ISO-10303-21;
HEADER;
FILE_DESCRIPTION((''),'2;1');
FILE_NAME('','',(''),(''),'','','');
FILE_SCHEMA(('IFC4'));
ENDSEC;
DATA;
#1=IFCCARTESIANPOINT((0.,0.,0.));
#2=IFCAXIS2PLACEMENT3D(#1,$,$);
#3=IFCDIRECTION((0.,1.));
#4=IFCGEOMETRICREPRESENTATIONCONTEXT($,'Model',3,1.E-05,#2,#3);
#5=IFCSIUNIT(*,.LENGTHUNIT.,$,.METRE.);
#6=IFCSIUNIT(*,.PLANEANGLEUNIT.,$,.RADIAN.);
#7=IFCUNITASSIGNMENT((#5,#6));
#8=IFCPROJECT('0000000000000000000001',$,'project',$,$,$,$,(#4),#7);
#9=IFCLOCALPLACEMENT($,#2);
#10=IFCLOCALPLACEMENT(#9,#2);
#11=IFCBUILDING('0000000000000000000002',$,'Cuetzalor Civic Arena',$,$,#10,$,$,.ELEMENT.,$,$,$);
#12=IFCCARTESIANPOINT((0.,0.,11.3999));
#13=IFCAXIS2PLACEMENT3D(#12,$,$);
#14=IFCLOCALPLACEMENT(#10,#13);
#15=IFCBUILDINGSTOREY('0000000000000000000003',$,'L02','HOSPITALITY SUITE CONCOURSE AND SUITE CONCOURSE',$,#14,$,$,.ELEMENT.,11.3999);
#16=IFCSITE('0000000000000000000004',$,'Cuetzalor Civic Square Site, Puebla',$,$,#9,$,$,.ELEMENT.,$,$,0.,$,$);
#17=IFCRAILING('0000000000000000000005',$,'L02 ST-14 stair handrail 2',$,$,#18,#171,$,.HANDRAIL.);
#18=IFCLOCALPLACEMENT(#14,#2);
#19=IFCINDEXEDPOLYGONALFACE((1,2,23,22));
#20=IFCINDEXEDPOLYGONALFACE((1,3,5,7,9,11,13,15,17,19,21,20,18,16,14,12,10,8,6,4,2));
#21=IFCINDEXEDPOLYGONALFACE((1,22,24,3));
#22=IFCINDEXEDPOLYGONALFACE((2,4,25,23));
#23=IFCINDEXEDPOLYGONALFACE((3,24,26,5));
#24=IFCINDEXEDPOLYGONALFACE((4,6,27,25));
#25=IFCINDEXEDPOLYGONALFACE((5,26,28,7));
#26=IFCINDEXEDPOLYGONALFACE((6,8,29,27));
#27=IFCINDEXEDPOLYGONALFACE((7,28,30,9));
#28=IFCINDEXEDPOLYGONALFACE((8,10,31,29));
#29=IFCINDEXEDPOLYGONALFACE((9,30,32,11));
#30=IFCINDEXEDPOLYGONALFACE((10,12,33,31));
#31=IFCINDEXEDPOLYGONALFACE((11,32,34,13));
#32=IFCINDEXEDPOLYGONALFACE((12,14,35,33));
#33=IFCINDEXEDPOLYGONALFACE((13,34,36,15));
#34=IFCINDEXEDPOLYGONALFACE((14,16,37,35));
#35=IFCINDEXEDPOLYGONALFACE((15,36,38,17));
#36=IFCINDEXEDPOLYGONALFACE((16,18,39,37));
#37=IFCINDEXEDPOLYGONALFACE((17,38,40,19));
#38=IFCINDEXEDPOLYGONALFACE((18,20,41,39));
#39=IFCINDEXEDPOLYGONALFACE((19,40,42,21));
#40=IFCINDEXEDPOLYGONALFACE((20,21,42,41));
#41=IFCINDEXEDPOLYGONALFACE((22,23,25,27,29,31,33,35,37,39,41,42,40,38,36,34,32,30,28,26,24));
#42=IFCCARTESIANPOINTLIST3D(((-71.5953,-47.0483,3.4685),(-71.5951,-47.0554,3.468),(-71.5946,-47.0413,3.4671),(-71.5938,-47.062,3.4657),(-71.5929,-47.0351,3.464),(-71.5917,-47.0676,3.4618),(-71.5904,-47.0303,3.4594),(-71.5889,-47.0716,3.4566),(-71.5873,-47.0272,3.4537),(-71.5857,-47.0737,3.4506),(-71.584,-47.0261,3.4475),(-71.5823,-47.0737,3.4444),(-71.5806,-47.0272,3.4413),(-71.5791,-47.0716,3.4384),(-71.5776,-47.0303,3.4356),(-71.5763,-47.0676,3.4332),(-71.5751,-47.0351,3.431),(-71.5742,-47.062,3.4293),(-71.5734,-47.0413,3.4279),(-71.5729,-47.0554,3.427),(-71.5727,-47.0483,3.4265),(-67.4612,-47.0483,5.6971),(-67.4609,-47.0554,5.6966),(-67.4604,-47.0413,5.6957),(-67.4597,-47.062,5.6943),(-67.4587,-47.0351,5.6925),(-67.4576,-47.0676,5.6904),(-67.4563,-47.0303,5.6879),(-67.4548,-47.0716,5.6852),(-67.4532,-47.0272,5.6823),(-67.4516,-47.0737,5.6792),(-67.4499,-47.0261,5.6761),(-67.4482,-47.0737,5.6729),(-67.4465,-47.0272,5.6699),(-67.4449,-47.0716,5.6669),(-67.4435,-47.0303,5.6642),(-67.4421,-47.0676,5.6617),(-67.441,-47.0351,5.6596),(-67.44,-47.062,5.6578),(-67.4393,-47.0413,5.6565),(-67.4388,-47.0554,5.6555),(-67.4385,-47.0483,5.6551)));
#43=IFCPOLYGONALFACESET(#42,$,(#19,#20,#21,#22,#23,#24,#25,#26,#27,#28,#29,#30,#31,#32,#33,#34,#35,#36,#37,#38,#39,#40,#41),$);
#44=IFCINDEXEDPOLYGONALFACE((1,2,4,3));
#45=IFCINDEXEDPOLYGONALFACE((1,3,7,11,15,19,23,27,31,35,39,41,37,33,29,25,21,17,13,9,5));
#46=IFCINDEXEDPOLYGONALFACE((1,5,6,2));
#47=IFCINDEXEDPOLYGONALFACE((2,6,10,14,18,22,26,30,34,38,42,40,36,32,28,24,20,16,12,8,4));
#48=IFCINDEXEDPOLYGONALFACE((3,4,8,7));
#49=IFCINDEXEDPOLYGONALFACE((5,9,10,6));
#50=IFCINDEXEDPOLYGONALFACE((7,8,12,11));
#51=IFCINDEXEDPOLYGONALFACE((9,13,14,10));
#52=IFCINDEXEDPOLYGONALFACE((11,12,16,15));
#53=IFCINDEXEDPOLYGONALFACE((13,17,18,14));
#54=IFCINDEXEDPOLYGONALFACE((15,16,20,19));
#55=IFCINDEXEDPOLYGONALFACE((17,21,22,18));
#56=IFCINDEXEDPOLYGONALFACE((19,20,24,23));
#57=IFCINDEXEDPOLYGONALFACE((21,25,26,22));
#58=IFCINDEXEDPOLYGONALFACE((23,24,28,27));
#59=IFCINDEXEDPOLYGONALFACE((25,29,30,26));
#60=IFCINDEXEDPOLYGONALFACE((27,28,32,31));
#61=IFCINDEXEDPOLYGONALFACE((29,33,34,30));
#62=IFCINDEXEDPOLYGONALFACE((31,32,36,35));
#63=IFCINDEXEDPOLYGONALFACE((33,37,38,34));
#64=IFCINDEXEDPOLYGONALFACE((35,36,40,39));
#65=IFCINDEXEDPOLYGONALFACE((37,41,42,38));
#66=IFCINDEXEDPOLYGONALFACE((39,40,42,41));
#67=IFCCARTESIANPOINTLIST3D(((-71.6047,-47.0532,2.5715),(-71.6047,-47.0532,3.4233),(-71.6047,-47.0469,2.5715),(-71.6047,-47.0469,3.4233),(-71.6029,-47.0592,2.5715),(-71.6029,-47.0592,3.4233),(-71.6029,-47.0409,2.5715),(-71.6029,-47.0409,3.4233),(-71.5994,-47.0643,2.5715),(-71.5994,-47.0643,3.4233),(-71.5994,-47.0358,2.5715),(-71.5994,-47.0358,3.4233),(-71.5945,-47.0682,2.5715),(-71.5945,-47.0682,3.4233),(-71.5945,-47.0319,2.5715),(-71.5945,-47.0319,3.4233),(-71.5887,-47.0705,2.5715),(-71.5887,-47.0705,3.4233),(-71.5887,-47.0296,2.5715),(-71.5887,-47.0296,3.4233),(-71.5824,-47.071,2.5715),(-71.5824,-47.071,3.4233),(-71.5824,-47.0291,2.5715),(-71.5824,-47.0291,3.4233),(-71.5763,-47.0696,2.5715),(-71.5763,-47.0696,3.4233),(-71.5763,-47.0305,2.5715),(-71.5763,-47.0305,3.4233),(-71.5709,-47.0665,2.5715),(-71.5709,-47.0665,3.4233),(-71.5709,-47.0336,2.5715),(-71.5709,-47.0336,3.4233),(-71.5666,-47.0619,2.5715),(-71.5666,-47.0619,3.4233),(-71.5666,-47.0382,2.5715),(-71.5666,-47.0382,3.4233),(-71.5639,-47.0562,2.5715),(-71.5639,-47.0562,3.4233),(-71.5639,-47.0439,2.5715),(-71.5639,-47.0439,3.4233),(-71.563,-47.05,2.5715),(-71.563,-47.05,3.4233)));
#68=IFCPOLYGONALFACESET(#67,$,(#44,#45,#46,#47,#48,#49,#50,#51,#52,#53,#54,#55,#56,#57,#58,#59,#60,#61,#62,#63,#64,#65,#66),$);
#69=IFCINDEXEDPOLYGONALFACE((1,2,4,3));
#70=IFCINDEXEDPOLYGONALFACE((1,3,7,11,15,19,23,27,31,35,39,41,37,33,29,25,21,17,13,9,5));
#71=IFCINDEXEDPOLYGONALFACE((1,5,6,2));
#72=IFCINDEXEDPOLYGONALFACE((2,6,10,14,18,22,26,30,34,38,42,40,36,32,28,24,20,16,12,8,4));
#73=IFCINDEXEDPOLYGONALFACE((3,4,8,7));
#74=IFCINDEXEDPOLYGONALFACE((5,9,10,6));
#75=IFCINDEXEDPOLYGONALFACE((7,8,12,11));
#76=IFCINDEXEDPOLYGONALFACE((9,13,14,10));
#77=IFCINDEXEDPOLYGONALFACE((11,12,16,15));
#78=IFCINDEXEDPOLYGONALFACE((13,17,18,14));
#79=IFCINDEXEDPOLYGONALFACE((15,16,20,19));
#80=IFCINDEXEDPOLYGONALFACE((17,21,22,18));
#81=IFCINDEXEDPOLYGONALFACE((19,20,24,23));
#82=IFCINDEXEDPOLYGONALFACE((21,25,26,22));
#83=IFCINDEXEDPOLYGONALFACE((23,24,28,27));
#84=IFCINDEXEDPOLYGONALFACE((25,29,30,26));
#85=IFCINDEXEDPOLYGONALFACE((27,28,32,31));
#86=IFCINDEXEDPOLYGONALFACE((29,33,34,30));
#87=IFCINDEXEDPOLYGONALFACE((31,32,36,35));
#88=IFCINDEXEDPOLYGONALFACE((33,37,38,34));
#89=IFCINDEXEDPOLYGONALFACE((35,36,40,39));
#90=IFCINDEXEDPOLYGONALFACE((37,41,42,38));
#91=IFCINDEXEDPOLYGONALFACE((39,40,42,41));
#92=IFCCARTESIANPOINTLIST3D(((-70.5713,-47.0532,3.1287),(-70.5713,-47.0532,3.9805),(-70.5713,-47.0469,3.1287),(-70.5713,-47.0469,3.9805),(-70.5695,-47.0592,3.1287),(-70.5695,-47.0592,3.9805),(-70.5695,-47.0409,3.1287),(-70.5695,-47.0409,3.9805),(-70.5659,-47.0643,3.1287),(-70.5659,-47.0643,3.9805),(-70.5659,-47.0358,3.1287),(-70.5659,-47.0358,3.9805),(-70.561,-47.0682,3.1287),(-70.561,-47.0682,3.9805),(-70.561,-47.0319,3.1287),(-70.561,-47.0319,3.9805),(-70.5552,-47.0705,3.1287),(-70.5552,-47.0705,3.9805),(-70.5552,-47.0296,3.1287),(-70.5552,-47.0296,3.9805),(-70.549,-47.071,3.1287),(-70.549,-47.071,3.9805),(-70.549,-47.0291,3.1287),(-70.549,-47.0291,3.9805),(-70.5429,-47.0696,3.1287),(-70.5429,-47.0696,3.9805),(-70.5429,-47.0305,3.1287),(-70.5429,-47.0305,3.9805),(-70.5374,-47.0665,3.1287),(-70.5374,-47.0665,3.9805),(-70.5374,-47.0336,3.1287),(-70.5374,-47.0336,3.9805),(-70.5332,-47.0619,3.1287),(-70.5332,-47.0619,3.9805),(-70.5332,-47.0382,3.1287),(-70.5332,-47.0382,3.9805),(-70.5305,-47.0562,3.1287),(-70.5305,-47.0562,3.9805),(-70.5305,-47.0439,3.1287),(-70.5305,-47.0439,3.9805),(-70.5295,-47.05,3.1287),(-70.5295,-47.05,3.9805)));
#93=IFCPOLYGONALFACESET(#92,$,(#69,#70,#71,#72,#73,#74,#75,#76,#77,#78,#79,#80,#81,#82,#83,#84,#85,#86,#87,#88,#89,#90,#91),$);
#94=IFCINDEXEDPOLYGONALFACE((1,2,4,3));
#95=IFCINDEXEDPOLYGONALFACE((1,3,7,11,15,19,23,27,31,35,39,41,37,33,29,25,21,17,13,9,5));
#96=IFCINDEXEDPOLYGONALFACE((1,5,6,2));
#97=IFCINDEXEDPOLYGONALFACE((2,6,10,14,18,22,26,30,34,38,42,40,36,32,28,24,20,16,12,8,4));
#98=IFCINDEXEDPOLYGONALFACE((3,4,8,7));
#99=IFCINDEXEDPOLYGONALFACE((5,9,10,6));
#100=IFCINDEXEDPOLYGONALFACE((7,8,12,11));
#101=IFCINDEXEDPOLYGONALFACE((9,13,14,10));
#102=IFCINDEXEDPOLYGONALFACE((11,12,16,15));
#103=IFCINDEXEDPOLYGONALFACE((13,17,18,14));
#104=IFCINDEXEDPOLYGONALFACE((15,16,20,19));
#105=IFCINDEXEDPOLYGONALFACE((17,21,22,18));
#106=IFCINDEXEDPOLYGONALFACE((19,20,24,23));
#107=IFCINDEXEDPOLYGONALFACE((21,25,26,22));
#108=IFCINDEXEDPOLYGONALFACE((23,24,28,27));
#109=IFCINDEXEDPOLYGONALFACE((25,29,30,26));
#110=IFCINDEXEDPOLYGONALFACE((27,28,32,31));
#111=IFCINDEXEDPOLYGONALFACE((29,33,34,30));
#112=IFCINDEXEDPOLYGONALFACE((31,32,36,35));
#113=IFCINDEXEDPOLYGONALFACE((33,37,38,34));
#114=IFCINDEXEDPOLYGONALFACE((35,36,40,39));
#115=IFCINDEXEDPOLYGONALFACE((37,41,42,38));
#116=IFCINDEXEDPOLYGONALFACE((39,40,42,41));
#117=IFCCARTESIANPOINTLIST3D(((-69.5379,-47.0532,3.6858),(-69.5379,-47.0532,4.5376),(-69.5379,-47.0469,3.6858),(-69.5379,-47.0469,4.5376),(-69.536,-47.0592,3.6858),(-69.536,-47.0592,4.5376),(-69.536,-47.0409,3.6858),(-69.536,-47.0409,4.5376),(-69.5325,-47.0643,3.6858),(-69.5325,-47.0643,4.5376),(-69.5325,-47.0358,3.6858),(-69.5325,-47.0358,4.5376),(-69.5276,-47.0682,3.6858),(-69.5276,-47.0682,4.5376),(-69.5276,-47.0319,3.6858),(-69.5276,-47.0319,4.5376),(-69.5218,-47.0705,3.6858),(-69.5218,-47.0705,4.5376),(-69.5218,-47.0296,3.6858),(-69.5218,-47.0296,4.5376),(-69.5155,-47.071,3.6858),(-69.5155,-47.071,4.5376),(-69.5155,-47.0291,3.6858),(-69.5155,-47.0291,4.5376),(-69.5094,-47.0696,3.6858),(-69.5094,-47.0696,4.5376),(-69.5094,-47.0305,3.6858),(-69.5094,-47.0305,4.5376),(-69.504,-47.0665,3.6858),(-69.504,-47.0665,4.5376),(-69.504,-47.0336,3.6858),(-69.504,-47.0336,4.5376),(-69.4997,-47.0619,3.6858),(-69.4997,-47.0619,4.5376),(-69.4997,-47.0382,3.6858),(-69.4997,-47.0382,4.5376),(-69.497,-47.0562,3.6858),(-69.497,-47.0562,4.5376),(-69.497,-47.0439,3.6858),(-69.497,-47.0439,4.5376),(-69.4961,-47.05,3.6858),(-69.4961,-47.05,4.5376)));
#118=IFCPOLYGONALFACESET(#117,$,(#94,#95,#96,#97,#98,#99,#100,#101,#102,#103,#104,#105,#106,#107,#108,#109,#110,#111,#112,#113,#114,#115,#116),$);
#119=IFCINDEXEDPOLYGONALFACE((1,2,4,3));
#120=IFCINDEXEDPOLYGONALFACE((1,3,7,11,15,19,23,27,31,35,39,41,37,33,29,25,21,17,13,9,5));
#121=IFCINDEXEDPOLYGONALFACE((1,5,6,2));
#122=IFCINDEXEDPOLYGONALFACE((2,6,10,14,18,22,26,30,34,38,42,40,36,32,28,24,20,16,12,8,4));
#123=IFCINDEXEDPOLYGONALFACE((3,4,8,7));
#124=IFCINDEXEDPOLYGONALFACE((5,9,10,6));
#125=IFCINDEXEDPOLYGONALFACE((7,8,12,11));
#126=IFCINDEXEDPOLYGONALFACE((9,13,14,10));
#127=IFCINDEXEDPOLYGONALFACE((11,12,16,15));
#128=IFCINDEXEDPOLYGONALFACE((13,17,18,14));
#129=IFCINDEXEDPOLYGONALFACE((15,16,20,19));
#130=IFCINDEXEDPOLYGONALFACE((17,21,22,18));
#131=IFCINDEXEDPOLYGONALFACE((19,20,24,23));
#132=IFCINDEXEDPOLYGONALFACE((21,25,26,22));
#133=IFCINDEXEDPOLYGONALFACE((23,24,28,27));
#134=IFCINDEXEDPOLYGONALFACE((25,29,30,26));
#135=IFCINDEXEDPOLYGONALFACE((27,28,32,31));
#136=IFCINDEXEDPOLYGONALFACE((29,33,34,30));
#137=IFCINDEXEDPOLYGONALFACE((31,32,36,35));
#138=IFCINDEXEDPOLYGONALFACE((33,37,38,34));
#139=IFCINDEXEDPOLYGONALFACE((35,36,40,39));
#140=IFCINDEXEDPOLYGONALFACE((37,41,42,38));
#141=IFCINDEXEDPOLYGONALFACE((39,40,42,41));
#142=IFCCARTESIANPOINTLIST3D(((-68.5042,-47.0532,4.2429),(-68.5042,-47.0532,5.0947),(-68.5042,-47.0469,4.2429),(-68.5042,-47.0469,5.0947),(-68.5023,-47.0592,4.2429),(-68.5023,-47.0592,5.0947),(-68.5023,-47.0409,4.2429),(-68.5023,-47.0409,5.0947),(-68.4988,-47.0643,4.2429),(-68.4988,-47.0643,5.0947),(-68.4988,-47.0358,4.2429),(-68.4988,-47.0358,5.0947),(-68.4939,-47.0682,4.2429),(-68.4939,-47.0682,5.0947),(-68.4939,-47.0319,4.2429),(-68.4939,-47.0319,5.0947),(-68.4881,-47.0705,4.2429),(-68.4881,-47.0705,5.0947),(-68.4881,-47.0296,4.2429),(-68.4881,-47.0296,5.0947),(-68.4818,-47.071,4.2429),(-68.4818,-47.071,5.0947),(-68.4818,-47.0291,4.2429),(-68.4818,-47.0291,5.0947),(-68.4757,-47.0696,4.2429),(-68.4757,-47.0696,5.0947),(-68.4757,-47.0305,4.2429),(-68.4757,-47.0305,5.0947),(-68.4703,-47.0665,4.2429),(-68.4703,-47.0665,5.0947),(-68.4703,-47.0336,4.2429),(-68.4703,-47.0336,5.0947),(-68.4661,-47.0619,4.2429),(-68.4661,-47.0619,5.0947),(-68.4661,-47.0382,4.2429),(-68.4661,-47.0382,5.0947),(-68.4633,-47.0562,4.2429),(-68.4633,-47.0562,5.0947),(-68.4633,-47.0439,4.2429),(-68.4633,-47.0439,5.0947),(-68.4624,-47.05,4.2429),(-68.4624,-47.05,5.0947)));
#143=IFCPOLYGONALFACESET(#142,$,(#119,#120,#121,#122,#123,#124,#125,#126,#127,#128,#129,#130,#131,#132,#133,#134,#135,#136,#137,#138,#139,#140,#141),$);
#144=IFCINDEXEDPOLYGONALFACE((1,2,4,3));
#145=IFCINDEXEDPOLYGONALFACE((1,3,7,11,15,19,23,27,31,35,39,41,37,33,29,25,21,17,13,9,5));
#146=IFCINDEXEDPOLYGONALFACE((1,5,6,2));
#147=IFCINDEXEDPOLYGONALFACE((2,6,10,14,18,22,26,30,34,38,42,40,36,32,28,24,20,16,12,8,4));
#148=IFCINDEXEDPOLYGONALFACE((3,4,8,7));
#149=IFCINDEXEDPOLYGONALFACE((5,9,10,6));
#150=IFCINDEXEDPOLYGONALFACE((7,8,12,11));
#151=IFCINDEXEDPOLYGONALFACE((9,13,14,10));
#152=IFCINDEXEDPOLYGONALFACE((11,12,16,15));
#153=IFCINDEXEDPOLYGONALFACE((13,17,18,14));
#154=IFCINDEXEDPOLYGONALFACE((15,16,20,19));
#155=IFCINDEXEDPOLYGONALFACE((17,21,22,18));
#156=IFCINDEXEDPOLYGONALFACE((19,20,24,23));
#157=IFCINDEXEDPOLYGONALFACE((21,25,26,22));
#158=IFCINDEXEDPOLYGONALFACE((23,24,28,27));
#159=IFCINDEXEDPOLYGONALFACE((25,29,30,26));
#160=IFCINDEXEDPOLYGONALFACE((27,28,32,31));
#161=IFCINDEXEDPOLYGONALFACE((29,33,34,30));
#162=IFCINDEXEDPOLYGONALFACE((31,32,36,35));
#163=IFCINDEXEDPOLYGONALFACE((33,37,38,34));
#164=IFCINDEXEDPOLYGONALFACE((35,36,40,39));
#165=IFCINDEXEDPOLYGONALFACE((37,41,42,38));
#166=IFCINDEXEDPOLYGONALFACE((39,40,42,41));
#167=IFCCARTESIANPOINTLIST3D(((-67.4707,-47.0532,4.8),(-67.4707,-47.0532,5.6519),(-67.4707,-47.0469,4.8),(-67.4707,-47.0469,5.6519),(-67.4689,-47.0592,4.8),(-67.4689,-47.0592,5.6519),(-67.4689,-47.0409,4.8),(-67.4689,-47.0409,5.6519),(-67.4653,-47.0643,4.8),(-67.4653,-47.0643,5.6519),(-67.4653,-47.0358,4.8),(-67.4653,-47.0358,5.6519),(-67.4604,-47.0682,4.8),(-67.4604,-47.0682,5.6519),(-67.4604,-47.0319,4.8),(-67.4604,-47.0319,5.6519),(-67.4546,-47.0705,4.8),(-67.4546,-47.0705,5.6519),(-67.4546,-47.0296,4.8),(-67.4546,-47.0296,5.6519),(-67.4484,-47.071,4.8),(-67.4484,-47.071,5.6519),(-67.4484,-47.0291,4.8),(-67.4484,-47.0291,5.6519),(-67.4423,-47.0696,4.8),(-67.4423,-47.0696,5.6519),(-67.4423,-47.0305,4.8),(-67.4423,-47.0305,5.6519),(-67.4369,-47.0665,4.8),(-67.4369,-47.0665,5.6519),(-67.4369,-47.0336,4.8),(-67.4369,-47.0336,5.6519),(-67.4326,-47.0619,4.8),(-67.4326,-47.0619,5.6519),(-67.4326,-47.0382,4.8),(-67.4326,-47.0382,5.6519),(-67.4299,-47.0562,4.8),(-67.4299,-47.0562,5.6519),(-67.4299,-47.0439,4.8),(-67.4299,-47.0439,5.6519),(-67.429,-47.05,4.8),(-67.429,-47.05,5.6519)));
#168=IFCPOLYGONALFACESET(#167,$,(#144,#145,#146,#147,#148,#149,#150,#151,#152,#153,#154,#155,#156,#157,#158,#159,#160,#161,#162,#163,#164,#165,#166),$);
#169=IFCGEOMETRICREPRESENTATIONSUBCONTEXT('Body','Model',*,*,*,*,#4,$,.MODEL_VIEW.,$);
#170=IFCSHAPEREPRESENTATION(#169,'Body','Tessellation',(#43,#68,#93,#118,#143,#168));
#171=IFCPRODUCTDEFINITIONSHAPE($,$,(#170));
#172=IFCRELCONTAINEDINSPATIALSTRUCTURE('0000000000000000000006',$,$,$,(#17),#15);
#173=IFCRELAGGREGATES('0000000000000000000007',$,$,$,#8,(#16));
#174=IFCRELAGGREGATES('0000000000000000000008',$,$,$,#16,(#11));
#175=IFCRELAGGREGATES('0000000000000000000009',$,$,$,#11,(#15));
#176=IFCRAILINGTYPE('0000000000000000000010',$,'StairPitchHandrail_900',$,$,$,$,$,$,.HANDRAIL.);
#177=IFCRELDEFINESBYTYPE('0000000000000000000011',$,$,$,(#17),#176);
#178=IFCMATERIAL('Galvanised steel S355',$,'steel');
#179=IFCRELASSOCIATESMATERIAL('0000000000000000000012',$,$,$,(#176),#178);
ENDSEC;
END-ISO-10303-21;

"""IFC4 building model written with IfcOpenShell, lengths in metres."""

from ifc_helpers import new_model, si_unit, direction, frame, origin, origin_2d, place, context, subcontext, project, spatial, circle, extrude, material, type_object, element, save


model = new_model("IFC4")

# Units and contexts
model_context = context("Model", 3, precision=1e-05, world=origin(), true_north=direction((0.0, 1.0)))
body_context = subcontext(model_context, "Body", "Model", "MODEL_VIEW")
ifc_project = project(units=[si_unit("LENGTHUNIT", "METRE"), si_unit("PLANEANGLEUNIT", "RADIAN")], contexts=[model_context])

# Site, building, storey
site_placement = place(None, origin())
site = spatial("IfcSite", under=ifc_project, at=site_placement, Name="Cuetzalor Civic Square Site, Puebla", CompositionType="ELEMENT", RefElevation=0.0)
building_placement = place(site_placement, origin())
building = spatial("IfcBuilding", under=site, at=building_placement, Name="Cuetzalor Civic Arena", CompositionType="ELEMENT")
storey_placement = place(building_placement, frame((0.0, 0.0, 11.3999)))
storey = spatial("IfcBuildingStorey", under=building, at=storey_placement, Name="L02", Description="HOSPITALITY SUITE CONCOURSE AND SUITE CONCOURSE", CompositionType="ELEMENT", Elevation=11.3999)

# Railing
ifc_material_1 = material(Name="Galvanised steel S355", Category="steel")
railing_type_1 = type_object("IfcRailingType", Name="StairPitchHandrail_900", PredefinedType="HANDRAIL", material=ifc_material_1)
for number, where, name in (
    (1, (-71.584, -47.05, 2.5715), "L02 ST-14 stair handrail 2"),
):
    element("IfcRailing", number, at=place(storey_placement, frame(where)), inside=storey, type_object=railing_type_1, Name=name, PredefinedType="HANDRAIL", context=body_context, shape_type="SweptSolid", body=[
        extrude(circle(Radius=0.0239, at=origin_2d()), frame((0.0, 0.0, 0.876), z_axis=(0.880249, 0.0, 0.474512), x_axis=(0.0, 1.0, 0.0)), (0.0, 0.0, 1.0), 4.6965),
        extrude(circle(Radius=0.021, at=origin_2d()), origin(), (0.0, 0.0, 1.0), 0.8518),
        extrude(circle(Radius=0.021, at=origin_2d()), frame((1.0334, 0.0, 0.5571)), (0.0, 0.0, 1.0), 0.8518),
        extrude(circle(Radius=0.021, at=origin_2d()), frame((2.0669, 0.0, 1.1143)), (0.0, 0.0, 1.0), 0.8518),
        extrude(circle(Radius=0.021, at=origin_2d()), frame((3.1006, 0.0, 1.6714)), (0.0, 0.0, 1.0), 0.8518),
        extrude(circle(Radius=0.021, at=origin_2d()), frame((4.134, 0.0, 2.2285)), (0.0, 0.0, 1.0), 0.8518),
    ])

save(model, "model.ifc")
